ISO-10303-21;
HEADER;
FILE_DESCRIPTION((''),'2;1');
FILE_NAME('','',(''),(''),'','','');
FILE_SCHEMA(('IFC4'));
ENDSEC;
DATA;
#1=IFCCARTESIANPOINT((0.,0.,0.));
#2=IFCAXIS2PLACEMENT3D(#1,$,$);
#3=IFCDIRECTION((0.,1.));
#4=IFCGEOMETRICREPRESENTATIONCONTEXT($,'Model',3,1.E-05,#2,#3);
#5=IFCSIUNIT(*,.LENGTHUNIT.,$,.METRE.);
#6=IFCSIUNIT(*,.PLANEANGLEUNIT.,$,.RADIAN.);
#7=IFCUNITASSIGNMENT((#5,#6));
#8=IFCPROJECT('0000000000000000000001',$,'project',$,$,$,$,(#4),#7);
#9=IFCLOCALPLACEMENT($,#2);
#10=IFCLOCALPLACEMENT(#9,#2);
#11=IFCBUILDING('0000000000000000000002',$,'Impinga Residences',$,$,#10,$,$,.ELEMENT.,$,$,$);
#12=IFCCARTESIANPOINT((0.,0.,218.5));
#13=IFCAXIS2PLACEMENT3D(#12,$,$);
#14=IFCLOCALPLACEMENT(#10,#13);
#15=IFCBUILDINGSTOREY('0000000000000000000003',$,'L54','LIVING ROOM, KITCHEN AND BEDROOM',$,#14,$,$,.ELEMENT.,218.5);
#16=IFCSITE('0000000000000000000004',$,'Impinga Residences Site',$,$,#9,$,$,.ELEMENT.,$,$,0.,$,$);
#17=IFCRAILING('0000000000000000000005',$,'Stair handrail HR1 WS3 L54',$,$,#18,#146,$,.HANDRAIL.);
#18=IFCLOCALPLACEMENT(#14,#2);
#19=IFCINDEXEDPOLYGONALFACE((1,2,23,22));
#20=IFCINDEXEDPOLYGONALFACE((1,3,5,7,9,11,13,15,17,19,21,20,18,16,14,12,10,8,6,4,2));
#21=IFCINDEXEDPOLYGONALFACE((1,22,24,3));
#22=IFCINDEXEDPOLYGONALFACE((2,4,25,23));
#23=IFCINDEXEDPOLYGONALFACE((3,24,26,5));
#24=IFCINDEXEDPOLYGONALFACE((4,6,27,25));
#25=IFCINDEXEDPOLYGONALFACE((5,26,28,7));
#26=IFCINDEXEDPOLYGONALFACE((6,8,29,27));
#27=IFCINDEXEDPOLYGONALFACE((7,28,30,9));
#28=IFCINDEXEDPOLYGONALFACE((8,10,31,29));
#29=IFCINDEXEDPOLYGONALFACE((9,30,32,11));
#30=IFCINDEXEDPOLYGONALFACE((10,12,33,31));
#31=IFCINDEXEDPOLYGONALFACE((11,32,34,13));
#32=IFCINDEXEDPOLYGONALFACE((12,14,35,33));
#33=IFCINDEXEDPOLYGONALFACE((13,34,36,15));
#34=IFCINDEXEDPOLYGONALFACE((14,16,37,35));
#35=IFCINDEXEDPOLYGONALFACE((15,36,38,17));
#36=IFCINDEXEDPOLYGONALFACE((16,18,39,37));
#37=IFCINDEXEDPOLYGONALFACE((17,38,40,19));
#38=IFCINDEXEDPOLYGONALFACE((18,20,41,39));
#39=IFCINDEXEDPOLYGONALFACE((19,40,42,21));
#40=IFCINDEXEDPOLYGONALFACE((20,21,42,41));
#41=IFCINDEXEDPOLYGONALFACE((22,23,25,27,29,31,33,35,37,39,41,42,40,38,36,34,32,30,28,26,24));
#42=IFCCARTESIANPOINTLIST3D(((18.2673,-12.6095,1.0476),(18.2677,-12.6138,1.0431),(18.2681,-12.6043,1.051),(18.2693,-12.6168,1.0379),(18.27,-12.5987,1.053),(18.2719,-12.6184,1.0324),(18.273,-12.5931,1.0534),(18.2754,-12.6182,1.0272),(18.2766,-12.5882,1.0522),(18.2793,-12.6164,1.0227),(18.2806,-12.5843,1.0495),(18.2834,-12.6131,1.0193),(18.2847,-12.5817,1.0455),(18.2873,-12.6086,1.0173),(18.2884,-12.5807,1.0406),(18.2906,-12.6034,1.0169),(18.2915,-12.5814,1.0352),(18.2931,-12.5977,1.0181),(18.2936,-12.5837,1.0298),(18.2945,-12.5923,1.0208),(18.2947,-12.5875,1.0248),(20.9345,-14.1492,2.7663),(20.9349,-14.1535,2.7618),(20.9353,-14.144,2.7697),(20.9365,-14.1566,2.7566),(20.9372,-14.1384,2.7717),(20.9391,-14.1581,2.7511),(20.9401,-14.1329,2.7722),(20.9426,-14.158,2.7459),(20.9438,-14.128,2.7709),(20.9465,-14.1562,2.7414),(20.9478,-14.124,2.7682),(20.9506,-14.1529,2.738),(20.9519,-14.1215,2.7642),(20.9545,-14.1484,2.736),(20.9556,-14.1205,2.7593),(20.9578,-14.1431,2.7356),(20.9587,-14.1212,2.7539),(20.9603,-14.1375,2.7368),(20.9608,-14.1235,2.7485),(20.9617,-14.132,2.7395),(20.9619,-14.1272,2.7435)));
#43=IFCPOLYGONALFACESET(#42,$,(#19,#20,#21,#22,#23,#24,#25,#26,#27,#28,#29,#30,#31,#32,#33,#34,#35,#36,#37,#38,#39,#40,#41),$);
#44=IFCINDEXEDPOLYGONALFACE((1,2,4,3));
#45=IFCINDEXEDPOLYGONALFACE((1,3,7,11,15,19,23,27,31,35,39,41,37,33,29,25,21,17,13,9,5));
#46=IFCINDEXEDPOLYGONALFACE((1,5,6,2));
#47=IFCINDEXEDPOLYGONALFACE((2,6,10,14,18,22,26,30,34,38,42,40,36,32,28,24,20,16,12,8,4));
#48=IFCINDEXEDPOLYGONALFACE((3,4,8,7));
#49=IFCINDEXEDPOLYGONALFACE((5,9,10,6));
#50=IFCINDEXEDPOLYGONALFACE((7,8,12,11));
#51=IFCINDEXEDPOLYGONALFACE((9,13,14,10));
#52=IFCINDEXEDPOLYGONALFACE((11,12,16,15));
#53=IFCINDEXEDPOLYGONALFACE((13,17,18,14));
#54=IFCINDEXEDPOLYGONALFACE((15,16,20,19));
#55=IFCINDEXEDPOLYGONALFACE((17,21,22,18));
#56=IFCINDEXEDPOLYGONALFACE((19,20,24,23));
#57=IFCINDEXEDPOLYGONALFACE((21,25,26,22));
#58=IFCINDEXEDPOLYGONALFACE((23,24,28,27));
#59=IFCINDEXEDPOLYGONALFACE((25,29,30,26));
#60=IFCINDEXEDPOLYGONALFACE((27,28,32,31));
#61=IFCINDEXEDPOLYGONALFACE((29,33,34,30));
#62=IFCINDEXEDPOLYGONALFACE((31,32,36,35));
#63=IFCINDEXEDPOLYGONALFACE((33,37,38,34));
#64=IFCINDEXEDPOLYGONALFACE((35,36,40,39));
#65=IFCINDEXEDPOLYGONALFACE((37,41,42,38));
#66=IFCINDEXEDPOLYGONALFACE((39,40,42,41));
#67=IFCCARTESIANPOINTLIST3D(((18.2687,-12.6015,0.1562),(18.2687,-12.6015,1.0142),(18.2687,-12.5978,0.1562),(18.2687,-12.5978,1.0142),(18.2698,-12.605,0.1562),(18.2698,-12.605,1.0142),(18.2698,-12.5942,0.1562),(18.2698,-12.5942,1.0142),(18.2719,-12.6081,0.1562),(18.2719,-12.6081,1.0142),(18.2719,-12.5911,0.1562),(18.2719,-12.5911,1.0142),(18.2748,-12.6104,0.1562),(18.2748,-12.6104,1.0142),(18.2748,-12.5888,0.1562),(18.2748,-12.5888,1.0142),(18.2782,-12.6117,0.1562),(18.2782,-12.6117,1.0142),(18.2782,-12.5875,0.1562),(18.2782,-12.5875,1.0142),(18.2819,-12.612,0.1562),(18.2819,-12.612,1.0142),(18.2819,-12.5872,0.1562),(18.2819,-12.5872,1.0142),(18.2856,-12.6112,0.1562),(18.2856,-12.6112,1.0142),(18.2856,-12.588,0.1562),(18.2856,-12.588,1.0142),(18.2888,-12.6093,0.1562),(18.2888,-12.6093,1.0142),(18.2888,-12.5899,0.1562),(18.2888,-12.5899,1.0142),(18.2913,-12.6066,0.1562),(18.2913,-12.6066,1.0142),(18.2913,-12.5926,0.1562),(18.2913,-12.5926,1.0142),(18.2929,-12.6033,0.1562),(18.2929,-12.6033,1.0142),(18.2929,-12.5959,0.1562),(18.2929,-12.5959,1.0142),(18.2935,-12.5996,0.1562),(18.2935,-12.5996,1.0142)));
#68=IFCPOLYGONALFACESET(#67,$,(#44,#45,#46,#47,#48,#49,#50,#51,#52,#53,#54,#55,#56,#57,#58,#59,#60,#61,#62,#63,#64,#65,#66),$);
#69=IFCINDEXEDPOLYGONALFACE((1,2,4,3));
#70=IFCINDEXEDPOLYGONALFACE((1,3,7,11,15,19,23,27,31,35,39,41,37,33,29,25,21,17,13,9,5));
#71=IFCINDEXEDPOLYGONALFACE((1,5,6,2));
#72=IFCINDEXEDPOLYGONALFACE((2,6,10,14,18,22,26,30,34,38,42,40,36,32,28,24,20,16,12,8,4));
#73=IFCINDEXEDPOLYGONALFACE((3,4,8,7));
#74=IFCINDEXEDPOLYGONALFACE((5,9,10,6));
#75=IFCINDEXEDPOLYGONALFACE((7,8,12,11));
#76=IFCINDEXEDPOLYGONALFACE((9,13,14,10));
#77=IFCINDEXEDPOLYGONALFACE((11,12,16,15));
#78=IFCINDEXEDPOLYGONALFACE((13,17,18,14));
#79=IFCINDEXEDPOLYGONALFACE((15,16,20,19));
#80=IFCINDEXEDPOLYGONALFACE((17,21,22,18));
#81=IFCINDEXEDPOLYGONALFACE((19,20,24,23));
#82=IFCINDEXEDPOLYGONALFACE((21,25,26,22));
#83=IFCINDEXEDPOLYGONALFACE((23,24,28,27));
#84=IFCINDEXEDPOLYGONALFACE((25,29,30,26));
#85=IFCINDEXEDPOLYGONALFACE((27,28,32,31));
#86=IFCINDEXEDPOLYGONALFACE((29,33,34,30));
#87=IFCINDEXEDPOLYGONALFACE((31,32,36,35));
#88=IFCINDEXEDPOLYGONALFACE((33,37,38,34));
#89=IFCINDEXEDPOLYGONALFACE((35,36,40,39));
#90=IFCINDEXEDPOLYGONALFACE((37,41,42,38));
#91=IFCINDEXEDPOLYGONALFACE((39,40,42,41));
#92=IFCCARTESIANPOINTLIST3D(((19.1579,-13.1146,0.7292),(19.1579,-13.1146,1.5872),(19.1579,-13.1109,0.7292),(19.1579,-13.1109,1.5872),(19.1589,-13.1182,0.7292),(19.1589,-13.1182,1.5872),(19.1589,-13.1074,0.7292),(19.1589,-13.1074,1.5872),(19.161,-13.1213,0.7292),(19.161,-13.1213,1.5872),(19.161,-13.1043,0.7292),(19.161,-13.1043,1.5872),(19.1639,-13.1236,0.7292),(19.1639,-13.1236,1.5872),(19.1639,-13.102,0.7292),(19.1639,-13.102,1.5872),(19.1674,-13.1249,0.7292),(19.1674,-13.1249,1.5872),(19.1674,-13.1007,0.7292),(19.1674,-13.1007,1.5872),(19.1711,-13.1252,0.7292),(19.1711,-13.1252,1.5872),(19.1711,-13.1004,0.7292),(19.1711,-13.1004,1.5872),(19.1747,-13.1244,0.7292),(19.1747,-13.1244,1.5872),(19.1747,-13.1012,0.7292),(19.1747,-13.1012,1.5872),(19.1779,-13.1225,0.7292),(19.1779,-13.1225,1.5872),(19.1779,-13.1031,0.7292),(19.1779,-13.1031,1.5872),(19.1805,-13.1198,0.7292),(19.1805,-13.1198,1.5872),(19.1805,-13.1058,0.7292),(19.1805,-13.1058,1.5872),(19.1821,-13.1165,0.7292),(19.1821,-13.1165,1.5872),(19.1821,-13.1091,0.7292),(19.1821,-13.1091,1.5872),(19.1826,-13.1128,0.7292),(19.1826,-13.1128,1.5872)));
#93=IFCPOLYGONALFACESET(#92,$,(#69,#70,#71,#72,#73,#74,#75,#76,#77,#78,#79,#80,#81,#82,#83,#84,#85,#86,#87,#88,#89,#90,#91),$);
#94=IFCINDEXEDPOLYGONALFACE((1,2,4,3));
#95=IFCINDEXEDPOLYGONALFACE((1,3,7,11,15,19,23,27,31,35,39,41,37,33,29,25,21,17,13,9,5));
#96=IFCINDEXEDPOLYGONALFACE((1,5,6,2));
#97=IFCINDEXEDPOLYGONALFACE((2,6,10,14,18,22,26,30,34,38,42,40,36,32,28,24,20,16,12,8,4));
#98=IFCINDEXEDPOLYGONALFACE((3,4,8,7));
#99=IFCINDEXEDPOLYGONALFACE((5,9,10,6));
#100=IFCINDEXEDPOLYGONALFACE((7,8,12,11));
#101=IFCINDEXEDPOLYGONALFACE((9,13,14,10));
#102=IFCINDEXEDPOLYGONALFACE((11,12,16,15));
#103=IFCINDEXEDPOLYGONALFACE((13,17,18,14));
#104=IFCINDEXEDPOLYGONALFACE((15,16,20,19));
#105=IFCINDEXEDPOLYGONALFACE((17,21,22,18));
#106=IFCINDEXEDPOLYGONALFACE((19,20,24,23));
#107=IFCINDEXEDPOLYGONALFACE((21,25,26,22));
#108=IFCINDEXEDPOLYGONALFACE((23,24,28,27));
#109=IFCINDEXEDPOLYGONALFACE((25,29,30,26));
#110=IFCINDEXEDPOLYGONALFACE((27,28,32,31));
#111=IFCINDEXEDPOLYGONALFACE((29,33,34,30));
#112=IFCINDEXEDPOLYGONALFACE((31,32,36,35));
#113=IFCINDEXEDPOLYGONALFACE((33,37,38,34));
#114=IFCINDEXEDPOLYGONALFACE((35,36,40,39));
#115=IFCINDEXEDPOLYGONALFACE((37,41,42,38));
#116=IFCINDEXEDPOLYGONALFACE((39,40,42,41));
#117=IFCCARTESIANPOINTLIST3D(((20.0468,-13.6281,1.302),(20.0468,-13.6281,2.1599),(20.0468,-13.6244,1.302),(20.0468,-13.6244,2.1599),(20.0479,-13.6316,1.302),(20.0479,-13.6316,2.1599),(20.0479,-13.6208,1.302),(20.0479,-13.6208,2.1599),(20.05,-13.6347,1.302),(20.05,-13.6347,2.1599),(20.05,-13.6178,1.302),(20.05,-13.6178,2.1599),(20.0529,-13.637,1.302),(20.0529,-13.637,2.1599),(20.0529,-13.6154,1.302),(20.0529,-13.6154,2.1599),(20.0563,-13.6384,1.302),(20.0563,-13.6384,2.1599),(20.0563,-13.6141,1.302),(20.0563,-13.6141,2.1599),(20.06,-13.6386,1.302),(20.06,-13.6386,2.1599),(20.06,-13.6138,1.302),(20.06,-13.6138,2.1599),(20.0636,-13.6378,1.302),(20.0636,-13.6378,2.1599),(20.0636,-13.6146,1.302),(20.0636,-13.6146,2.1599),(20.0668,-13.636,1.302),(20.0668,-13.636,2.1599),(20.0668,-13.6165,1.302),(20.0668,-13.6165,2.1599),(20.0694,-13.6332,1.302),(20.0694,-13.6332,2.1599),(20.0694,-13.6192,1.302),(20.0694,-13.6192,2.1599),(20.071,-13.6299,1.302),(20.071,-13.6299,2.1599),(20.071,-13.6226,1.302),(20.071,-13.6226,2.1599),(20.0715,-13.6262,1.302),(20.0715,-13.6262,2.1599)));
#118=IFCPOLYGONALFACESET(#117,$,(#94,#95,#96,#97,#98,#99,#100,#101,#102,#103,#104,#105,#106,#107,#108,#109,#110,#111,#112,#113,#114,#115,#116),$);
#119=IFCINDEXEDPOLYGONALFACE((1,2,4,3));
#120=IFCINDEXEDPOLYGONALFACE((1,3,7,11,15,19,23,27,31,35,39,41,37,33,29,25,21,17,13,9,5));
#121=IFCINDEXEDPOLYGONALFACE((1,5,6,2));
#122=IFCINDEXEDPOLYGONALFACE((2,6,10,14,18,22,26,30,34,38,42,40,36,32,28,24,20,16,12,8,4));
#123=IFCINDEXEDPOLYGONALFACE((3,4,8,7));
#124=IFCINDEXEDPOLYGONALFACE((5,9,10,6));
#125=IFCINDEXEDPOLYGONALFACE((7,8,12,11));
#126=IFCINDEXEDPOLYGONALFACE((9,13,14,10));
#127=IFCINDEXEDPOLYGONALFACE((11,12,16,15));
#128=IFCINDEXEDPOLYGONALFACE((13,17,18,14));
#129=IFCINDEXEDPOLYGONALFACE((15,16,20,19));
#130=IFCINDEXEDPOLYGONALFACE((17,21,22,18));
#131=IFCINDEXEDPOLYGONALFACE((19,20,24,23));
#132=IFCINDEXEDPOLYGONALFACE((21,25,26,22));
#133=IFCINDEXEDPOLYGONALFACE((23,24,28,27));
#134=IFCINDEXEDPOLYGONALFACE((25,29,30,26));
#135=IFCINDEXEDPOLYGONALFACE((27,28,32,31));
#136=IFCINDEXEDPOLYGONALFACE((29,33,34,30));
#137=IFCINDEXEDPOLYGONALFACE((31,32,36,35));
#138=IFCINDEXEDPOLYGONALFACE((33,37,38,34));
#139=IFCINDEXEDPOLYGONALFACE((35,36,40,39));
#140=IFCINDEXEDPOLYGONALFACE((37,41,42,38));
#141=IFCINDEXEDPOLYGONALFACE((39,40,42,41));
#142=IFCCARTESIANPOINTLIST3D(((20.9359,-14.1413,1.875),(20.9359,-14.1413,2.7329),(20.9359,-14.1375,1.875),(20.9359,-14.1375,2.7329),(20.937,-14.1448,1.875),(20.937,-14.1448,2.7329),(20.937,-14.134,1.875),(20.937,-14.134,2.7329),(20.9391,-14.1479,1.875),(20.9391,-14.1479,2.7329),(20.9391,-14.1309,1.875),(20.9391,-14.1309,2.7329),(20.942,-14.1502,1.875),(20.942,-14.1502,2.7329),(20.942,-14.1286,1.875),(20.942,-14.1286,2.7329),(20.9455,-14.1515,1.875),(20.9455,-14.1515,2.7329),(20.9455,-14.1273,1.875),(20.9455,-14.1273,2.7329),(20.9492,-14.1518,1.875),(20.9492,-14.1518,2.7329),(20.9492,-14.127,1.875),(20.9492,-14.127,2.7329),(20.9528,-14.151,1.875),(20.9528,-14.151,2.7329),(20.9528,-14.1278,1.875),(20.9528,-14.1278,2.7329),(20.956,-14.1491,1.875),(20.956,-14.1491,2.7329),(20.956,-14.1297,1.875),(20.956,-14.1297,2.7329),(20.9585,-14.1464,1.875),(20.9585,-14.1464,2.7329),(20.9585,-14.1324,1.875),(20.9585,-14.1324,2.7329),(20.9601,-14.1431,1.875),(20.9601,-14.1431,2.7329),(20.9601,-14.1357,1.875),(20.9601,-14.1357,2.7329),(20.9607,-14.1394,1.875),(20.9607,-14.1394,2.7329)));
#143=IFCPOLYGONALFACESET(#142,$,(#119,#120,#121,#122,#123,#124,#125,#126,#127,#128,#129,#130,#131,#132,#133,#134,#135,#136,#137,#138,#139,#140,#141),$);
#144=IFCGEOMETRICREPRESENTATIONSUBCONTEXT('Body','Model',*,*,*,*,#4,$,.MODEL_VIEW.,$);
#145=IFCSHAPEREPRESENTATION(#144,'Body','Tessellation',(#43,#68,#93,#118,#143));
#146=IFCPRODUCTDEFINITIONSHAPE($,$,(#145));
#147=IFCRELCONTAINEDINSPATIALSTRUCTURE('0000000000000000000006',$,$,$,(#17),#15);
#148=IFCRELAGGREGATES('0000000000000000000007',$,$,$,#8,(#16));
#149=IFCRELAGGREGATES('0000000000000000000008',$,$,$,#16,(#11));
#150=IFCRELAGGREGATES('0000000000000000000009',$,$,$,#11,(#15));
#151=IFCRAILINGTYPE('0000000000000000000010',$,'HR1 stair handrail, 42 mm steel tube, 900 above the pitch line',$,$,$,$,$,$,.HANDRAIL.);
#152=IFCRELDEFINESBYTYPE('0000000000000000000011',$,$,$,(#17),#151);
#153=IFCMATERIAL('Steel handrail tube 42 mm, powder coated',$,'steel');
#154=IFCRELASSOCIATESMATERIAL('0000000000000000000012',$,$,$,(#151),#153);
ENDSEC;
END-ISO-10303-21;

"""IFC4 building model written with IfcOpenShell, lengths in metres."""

from ifc_helpers import new_model, si_unit, direction, frame, origin, origin_2d, place, context, subcontext, project, spatial, circle, extrude, material, type_object, element, save


model = new_model("IFC4")

# Units and contexts
model_context = context("Model", 3, precision=1e-05, world=origin(), true_north=direction((0.0, 1.0)))
body_context = subcontext(model_context, "Body", "Model", "MODEL_VIEW")
ifc_project = project(units=[si_unit("LENGTHUNIT", "METRE"), si_unit("PLANEANGLEUNIT", "RADIAN")], contexts=[model_context])

# Site, building, storey
site_placement = place(None, origin())
site = spatial("IfcSite", under=ifc_project, at=site_placement, Name="Impinga Residences Site", CompositionType="ELEMENT", RefElevation=0.0)
building_placement = place(site_placement, origin())
building = spatial("IfcBuilding", under=site, at=building_placement, Name="Impinga Residences", CompositionType="ELEMENT")
storey_placement = place(building_placement, frame((0.0, 0.0, 218.5)))
storey = spatial("IfcBuildingStorey", under=building, at=storey_placement, Name="L54", Description="LIVING ROOM, KITCHEN AND BEDROOM", CompositionType="ELEMENT", Elevation=218.5)

# Railing
ifc_material_1 = material(Name="Steel handrail tube 42 mm, powder coated", Category="steel")
railing_type = type_object("IfcRailingType", Name="HR1 stair handrail, 42 mm steel tube, 900 above the pitch line", PredefinedType="HANDRAIL", material=ifc_material_1)
railing_1_placement = place(storey_placement, frame((18.281, -12.5996, 0.1562)))
element("IfcRailing", 1, at=railing_1_placement, inside=storey, type_object=railing_type, Name="Stair handrail HR1 WS3 L54", PredefinedType="HANDRAIL", context=body_context, shape_type="SweptSolid", body=[
    extrude(circle(Radius=0.021, at=origin_2d()), frame((0.0, 0.0, 0.8789), z_axis=(0.756249, -0.436582, 0.487322), x_axis=(0.499967, 0.866044, 0.0)), (0.0, 0.0, 1.0), 3.5269),
    extrude(circle(Radius=0.0125, at=origin_2d()), origin(), (0.0, 0.0, 1.0), 0.8579),
    extrude(circle(Radius=0.0125, at=origin_2d()), frame((0.8892, -0.5132, 0.573)), (0.0, 0.0, 1.0), 0.8579),
    extrude(circle(Radius=0.0125, at=origin_2d()), frame((1.7781, -1.0266, 1.1458)), (0.0, 0.0, 1.0), 0.8579),
    extrude(circle(Radius=0.0125, at=origin_2d()), frame((2.6672, -1.5398, 1.7188)), (0.0, 0.0, 1.0), 0.8579),
])

save(model, "model.ifc")
